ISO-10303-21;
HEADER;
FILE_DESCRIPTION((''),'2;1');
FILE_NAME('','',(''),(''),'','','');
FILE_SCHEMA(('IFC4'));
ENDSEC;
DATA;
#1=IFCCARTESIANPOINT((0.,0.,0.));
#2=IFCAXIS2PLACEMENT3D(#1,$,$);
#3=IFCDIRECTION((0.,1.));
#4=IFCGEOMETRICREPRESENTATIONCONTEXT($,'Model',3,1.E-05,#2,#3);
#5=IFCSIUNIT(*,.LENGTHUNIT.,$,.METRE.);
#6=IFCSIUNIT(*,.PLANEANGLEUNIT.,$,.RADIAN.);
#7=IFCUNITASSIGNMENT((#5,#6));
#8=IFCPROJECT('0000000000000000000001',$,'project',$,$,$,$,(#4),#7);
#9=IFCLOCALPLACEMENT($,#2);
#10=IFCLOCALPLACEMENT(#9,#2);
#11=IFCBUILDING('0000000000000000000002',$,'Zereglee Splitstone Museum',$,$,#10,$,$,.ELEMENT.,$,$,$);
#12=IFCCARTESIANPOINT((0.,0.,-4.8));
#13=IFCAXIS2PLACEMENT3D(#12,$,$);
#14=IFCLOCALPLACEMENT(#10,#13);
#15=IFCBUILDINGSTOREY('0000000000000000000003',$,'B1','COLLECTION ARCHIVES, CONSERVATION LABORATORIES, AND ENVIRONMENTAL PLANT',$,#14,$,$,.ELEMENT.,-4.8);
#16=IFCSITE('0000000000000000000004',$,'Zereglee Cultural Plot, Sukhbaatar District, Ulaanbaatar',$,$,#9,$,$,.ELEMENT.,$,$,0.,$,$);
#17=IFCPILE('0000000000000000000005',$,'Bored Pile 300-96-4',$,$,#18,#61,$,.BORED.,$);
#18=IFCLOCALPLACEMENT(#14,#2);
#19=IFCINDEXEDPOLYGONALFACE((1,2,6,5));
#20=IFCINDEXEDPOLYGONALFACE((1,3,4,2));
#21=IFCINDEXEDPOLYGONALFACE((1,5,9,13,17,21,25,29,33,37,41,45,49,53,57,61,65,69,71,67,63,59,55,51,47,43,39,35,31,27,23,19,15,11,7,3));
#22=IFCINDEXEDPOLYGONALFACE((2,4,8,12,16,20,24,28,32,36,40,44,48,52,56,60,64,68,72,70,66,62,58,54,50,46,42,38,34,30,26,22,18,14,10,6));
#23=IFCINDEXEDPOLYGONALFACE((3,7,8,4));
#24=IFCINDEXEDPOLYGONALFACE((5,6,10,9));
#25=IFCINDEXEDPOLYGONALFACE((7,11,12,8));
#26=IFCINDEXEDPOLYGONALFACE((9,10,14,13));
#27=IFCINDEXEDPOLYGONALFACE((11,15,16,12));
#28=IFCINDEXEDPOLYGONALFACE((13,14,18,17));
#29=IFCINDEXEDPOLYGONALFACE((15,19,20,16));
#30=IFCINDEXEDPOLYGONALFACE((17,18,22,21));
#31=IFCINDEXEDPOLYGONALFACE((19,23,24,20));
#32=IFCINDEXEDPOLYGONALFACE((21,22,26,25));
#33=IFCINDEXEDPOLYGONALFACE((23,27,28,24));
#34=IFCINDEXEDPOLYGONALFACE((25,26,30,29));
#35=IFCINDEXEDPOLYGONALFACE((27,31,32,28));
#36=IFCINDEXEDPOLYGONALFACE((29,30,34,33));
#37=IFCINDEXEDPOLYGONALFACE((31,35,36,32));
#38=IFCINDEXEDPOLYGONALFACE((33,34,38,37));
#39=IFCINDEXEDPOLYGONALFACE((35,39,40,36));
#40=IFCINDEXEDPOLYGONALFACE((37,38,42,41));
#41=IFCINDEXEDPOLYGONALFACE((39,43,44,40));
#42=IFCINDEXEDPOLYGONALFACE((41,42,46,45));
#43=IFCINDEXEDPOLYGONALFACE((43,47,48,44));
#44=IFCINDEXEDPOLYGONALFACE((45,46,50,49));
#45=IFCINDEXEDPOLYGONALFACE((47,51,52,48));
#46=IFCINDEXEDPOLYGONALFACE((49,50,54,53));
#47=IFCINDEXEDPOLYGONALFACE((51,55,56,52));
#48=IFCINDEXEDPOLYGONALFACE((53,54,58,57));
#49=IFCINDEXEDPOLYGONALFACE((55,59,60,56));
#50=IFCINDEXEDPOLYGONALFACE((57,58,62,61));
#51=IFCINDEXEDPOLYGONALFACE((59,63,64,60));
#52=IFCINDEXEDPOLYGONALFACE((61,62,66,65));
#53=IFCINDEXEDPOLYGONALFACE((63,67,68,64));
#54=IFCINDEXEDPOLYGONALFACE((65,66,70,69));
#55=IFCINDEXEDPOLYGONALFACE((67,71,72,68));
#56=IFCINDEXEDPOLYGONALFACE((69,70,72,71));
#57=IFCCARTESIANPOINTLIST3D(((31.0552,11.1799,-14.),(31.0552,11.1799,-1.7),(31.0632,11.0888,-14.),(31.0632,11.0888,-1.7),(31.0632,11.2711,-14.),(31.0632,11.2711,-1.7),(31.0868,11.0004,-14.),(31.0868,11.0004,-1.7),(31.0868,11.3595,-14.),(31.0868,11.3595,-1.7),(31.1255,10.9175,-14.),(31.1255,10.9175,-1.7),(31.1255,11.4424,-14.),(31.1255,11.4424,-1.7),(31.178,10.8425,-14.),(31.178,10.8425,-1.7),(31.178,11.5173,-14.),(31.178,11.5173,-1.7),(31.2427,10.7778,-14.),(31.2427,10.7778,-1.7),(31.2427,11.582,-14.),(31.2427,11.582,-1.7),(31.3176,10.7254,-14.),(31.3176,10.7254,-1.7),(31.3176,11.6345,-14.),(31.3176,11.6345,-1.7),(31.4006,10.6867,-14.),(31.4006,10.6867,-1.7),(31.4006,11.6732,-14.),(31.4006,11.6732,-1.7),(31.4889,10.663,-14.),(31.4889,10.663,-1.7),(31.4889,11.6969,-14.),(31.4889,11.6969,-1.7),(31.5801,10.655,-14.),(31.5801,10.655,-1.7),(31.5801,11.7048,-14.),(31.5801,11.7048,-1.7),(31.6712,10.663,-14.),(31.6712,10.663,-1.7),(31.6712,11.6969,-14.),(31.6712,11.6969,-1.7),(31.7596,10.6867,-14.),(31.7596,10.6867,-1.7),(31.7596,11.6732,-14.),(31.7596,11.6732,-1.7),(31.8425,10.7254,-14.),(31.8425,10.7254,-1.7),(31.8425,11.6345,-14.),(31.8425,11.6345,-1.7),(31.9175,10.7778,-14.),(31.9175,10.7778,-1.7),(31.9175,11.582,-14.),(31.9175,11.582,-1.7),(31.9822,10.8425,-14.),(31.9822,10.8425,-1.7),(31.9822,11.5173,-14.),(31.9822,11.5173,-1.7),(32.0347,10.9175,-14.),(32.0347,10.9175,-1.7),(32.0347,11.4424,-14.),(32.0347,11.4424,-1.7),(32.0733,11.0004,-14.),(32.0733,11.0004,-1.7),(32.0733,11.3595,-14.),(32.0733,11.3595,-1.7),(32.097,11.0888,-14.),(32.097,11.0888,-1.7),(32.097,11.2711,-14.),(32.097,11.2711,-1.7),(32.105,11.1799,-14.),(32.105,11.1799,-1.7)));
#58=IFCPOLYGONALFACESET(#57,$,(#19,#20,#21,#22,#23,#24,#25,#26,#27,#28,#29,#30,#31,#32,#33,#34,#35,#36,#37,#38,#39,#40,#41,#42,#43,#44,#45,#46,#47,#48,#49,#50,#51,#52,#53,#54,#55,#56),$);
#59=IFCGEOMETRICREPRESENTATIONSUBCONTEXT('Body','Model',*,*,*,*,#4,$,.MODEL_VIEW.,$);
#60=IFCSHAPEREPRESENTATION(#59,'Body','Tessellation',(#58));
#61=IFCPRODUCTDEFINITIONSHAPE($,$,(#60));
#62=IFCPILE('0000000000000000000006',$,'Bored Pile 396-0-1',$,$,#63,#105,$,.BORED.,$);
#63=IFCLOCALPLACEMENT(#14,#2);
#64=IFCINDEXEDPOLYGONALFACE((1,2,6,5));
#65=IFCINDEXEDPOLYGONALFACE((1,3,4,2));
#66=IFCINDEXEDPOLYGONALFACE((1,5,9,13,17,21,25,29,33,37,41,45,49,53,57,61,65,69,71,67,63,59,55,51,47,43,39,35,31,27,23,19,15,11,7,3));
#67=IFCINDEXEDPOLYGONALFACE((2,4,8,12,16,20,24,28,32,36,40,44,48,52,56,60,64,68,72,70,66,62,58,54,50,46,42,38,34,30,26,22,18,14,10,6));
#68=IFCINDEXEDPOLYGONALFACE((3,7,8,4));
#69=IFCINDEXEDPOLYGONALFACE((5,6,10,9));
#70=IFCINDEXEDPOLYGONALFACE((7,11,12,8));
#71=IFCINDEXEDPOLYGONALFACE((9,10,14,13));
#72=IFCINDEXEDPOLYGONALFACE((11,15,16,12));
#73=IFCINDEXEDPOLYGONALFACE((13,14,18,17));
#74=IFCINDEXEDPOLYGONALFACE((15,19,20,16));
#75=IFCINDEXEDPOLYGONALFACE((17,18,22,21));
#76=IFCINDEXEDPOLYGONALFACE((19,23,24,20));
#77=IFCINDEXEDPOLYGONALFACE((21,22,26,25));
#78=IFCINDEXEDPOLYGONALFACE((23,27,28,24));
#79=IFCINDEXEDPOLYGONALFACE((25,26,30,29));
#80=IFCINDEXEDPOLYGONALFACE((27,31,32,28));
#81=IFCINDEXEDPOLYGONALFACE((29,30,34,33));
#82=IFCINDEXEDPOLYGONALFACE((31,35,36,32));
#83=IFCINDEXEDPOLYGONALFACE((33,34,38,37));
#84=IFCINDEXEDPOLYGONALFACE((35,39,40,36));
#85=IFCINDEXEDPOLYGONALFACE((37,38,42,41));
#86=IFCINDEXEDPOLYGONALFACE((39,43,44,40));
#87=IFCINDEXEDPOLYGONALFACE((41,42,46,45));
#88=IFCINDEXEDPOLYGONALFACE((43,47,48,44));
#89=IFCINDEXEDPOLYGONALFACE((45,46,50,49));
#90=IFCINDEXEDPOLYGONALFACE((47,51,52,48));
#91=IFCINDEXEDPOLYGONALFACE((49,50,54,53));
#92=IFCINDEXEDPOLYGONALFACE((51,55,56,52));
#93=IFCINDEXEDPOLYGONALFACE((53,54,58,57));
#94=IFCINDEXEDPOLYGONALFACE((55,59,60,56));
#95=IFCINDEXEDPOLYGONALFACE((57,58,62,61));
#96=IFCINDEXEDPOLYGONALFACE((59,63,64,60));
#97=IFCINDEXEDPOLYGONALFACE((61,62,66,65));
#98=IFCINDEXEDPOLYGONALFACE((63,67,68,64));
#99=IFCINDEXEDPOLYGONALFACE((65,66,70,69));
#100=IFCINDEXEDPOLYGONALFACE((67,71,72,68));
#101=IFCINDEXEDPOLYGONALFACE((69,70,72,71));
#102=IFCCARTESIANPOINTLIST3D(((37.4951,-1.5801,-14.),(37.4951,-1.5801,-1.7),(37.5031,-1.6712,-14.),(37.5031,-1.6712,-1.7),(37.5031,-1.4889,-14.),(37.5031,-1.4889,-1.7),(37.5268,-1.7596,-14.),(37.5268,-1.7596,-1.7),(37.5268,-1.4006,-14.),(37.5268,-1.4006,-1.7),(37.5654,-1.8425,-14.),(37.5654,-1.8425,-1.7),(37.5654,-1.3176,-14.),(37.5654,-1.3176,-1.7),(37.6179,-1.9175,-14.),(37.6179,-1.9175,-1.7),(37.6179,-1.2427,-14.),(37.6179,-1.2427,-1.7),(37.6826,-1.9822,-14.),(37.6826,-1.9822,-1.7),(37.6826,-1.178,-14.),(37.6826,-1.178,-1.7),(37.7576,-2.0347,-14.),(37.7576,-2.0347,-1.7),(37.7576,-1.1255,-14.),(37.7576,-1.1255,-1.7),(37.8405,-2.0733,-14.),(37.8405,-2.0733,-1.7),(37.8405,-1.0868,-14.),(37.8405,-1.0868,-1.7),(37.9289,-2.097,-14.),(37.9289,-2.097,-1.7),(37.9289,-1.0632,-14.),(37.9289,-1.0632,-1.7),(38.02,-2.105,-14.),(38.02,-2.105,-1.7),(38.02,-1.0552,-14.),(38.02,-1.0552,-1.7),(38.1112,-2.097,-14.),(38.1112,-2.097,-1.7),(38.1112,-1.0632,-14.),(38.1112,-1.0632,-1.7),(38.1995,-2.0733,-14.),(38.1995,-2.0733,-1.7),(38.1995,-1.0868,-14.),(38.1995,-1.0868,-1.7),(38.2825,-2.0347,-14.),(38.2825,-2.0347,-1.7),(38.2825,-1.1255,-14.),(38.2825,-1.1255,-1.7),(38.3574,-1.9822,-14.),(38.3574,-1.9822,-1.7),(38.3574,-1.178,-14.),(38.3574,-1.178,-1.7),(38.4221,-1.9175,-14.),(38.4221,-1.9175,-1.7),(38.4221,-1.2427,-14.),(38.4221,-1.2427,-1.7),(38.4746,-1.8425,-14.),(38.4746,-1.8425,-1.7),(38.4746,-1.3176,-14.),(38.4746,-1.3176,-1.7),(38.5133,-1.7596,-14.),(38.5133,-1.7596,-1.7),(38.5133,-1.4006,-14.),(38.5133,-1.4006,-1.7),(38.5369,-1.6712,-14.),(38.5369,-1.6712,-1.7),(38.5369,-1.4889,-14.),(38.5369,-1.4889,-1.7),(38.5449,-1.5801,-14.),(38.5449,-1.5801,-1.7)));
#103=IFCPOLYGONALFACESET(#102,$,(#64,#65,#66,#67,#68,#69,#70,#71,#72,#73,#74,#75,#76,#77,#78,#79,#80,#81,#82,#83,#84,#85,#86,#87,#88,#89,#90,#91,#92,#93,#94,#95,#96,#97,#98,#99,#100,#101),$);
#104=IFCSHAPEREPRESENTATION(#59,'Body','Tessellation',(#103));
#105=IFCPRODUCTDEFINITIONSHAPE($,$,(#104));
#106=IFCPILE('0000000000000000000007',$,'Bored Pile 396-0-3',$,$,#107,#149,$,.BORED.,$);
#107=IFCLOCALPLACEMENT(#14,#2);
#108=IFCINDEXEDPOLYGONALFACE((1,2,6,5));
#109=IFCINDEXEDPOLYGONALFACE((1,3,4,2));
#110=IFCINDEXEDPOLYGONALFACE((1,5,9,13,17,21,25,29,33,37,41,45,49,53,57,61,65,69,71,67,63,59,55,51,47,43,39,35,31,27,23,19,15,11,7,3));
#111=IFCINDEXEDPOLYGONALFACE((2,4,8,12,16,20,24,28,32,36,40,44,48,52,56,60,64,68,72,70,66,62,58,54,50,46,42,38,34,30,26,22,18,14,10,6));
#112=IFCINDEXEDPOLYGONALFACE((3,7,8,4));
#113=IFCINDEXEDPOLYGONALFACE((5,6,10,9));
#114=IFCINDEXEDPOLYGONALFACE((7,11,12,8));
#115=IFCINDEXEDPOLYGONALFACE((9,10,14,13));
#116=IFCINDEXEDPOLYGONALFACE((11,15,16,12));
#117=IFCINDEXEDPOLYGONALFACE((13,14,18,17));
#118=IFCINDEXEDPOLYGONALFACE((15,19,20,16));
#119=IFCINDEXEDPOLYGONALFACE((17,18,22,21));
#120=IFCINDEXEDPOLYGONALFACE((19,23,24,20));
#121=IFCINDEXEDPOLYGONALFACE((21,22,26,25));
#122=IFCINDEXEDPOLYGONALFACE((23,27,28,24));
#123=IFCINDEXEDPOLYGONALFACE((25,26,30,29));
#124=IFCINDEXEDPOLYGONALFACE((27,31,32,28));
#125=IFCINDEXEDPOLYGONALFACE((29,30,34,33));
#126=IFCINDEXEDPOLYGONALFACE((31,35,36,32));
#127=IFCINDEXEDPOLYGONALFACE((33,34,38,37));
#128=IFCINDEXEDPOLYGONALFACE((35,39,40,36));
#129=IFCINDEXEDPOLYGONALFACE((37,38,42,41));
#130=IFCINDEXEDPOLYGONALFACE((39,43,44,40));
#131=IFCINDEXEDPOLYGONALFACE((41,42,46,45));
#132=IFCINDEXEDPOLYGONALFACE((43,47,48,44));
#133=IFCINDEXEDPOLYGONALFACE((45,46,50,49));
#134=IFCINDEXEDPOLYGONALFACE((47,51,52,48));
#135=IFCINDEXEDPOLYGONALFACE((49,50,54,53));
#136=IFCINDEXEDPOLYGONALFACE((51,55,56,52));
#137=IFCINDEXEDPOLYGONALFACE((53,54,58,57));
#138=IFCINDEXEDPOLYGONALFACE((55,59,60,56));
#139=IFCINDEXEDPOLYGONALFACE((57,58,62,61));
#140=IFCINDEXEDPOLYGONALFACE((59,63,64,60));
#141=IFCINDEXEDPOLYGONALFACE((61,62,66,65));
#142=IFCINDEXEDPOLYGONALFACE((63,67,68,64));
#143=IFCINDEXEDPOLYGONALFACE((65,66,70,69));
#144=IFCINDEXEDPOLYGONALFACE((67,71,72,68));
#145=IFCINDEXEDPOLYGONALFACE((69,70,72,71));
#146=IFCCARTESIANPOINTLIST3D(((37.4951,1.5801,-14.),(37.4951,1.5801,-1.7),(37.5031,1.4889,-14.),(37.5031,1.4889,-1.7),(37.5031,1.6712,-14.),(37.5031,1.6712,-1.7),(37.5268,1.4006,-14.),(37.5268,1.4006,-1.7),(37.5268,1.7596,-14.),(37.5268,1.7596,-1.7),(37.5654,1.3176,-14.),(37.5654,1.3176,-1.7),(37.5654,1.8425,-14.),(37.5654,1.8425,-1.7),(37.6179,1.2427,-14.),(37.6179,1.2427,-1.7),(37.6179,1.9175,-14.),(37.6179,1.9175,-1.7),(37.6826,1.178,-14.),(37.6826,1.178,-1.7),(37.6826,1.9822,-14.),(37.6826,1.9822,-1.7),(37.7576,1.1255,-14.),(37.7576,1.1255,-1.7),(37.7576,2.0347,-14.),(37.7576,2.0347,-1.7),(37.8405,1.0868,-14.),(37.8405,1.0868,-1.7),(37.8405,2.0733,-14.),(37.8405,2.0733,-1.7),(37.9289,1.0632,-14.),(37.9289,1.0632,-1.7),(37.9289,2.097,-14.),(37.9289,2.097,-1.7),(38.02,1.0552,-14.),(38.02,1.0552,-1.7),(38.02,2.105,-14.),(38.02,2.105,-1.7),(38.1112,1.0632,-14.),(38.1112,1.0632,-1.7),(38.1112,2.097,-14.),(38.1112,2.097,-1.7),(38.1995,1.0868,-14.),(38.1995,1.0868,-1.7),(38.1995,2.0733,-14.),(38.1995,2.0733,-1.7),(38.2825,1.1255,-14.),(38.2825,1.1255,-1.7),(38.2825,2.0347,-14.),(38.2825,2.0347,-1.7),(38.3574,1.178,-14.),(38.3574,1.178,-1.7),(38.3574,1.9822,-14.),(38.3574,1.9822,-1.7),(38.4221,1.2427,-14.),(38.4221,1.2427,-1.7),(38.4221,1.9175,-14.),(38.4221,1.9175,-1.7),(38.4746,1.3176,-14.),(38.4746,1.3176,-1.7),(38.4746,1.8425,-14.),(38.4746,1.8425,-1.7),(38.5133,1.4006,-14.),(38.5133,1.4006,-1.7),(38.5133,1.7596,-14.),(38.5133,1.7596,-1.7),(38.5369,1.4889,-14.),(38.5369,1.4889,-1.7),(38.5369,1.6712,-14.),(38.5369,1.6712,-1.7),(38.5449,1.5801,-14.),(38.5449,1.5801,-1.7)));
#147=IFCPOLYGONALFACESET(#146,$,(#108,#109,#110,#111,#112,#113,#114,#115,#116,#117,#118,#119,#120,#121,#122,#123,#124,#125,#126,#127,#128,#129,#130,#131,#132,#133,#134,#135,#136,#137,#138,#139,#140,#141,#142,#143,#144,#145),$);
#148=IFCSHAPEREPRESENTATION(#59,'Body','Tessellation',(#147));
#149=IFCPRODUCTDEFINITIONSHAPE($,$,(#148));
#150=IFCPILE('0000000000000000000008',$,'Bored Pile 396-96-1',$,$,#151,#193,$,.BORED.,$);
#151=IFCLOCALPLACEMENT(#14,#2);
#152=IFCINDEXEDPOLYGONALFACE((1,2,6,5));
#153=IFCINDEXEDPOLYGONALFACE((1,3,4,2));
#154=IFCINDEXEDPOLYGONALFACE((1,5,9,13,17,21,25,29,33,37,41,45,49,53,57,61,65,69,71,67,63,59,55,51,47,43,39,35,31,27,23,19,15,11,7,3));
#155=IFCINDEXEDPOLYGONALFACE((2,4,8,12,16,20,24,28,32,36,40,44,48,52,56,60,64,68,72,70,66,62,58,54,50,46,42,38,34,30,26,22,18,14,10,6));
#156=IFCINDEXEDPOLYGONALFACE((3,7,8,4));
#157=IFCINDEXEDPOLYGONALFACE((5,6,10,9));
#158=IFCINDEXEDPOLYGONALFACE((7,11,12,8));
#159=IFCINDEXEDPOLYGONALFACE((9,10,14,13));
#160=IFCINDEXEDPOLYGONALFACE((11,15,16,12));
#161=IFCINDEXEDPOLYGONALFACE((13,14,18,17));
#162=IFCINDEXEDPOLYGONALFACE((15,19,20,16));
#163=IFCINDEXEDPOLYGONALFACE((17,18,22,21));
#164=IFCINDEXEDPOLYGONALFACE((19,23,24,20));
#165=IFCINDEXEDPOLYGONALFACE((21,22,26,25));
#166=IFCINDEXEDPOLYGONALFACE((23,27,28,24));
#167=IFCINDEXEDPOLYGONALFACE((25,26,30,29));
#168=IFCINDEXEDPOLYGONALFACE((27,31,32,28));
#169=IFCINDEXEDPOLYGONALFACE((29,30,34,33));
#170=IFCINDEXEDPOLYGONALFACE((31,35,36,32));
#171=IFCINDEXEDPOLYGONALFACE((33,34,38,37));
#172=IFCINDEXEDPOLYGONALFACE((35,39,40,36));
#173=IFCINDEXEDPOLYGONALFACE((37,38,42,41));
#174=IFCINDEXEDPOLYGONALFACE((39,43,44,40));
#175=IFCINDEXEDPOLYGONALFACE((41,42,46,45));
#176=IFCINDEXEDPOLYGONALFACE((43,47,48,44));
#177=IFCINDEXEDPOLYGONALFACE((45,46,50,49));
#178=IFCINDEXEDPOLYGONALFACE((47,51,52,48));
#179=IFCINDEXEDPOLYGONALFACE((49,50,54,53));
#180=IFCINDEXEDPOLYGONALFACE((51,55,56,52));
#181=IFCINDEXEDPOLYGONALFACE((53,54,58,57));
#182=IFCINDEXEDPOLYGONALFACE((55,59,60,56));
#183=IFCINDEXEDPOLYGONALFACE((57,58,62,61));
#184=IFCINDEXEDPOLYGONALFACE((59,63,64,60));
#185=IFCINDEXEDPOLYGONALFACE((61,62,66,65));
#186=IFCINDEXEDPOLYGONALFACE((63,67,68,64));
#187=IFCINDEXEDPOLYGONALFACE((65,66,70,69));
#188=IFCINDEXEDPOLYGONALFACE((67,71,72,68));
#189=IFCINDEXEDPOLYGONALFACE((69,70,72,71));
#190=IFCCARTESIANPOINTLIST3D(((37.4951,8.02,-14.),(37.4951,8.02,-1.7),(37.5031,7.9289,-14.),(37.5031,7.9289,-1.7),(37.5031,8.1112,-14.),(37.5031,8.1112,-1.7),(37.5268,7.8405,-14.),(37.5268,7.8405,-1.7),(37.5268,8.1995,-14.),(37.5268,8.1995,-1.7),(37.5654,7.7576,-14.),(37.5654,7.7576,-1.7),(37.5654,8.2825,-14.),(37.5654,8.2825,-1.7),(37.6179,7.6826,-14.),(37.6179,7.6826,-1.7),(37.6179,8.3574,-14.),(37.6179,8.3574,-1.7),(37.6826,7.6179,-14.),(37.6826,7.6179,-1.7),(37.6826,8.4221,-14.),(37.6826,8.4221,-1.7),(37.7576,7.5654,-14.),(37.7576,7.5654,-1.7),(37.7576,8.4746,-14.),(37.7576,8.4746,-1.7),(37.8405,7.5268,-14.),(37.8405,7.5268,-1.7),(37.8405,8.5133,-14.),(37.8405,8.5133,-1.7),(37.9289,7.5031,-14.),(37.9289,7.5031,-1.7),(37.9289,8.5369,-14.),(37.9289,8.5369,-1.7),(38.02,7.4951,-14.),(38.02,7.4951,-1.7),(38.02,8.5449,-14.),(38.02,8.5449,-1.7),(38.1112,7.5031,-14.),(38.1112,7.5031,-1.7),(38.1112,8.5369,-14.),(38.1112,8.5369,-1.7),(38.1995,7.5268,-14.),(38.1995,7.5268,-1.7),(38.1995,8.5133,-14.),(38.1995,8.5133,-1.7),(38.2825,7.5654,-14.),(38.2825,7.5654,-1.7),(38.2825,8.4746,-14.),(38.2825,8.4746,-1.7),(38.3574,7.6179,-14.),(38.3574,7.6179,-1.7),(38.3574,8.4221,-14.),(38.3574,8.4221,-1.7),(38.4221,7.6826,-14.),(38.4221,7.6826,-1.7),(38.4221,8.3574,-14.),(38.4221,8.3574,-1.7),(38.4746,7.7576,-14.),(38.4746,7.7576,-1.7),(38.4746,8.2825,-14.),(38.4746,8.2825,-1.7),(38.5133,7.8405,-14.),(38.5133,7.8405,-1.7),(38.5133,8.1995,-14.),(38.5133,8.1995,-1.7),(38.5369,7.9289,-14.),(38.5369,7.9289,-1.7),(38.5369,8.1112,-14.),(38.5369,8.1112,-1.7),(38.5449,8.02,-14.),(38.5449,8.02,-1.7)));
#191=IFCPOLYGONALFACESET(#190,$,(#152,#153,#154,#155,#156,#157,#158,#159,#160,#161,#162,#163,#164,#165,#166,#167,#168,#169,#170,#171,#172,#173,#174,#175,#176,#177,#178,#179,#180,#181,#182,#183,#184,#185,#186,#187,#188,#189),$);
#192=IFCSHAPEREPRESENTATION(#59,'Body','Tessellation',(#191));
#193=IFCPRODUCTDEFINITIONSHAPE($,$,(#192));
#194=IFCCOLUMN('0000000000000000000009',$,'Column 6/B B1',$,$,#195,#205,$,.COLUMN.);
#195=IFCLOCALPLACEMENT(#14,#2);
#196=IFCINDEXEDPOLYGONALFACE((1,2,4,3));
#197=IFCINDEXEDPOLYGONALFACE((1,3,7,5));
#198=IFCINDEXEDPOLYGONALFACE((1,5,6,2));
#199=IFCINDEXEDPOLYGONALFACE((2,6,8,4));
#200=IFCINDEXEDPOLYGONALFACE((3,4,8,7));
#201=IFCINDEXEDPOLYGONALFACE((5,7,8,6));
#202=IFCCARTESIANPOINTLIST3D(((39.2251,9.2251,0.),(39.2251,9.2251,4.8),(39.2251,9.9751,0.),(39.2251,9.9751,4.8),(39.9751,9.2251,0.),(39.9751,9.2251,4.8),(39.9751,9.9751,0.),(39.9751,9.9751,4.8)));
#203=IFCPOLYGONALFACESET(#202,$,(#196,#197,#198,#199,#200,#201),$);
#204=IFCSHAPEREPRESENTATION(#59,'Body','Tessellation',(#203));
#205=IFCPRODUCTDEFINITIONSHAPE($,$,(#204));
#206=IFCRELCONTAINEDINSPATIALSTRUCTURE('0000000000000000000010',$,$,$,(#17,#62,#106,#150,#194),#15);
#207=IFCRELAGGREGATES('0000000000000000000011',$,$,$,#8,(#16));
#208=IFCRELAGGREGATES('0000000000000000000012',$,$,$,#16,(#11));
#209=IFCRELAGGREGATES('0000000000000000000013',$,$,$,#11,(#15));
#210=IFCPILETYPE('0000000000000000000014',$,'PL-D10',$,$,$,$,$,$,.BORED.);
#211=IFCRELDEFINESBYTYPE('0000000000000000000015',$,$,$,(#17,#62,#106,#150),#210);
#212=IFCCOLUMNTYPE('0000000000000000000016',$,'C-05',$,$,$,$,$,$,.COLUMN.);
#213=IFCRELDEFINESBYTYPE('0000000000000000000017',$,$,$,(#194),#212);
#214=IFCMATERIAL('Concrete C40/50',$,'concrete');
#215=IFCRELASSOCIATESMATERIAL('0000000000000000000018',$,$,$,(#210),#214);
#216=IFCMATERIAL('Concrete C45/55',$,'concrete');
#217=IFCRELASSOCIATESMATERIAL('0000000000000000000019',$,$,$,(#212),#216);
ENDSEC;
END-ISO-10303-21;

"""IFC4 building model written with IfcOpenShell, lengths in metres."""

from ifc_helpers import new_model, si_unit, direction, frame, origin, origin_2d, place, context, subcontext, project, spatial, rectangle, circle, extrude, material, material_profile, profile_set, type_object, element, save


model = new_model("IFC4")

# Units and contexts
model_context = context("Model", 3, precision=1e-05, world=origin(), true_north=direction((0.0, 1.0)))
body_context = subcontext(model_context, "Body", "Model", "MODEL_VIEW")
ifc_project = project(units=[si_unit("LENGTHUNIT", "METRE"), si_unit("PLANEANGLEUNIT", "RADIAN")], contexts=[model_context])

# Site, building, storey
site_placement = place(None, origin())
site = spatial("IfcSite", under=ifc_project, at=site_placement, Name="Zereglee Cultural Plot, Sukhbaatar District, Ulaanbaatar", CompositionType="ELEMENT", RefElevation=0.0)
building_placement = place(site_placement, origin())
building = spatial("IfcBuilding", under=site, at=building_placement, Name="Zereglee Splitstone Museum", CompositionType="ELEMENT")
storey_placement = place(building_placement, frame((0.0, 0.0, -4.8)))
storey = spatial("IfcBuildingStorey", under=building, at=storey_placement, Name="B1", Description="COLLECTION ARCHIVES, CONSERVATION LABORATORIES, AND ENVIRONMENTAL PLANT", CompositionType="ELEMENT", Elevation=-4.8)

# Shared definitions
ifc_material_1 = material(Name="Concrete C40/50", Category="concrete")

# Piles
ifc_material_profile_1 = material_profile(ifc_material_1, circle(Radius=0.5249, at=origin_2d()), Name="PILE D1050")
ifc_profile_set_1 = profile_set([ifc_material_profile_1], Name="Concrete C40/50")
pile_type = type_object("IfcPileType", Name="PL-D10", PredefinedType="BORED", material=ifc_profile_set_1)
for number, where, z_axis, x_axis, name in (
    (1, (31.5801, 11.1799, -1.7), (0.0, 0.0, -1.0), (1.0, 0.0, 0.0), "Bored Pile 300-96-4"),
    (2, (38.02, -1.5801, -1.7), (0.0, 0.0, -1.0), (1.0, 0.0, 0.0), "Bored Pile 396-0-1"),
    (3, (38.02, 1.5801, -1.7), (0.0, 0.0, -1.0), (1.0, 0.0, 0.0), "Bored Pile 396-0-3"),
    (4, (38.02, 8.02, -1.7), (0.0, 0.0, -1.0), (1.0, 0.0, 0.0), "Bored Pile 396-96-1"),
):
    element("IfcPile", number, at=place(storey_placement, frame(where, z_axis=z_axis, x_axis=x_axis)), inside=storey, type_object=pile_type, Name=name, PredefinedType="BORED", context=body_context, shape_type="SweptSolid", body=[
        extrude(circle(Radius=0.5249, at=origin_2d()), origin(), (0.0, 0.0, 1.0), 12.3),
    ])

# Column
ifc_material_2 = material(Name="Concrete C45/55", Category="concrete")
ifc_material_profile_2 = material_profile(ifc_material_2, rectangle(XDim=0.75, YDim=0.75, at=origin_2d()), Name="RC 750x750")
ifc_profile_set_2 = profile_set([ifc_material_profile_2], Name="Concrete C45/55")
column_type_1 = type_object("IfcColumnType", Name="C-05", PredefinedType="COLUMN", material=ifc_profile_set_2)
column_1_placement = place(storey_placement, frame((39.6001, 9.6001, 0.0), z_axis=(0.0, 0.0, 1.0), x_axis=(1.0, 0.0, 0.0)))
element("IfcColumn", 5, at=column_1_placement, inside=storey, type_object=column_type_1, Name="Column 6/B B1", PredefinedType="COLUMN", context=body_context, shape_type="SweptSolid", body=[
    extrude(rectangle(XDim=0.75, YDim=0.75, at=origin_2d()), origin(), (0.0, 0.0, 1.0), 4.8),
])

save(model, "model.ifc")
